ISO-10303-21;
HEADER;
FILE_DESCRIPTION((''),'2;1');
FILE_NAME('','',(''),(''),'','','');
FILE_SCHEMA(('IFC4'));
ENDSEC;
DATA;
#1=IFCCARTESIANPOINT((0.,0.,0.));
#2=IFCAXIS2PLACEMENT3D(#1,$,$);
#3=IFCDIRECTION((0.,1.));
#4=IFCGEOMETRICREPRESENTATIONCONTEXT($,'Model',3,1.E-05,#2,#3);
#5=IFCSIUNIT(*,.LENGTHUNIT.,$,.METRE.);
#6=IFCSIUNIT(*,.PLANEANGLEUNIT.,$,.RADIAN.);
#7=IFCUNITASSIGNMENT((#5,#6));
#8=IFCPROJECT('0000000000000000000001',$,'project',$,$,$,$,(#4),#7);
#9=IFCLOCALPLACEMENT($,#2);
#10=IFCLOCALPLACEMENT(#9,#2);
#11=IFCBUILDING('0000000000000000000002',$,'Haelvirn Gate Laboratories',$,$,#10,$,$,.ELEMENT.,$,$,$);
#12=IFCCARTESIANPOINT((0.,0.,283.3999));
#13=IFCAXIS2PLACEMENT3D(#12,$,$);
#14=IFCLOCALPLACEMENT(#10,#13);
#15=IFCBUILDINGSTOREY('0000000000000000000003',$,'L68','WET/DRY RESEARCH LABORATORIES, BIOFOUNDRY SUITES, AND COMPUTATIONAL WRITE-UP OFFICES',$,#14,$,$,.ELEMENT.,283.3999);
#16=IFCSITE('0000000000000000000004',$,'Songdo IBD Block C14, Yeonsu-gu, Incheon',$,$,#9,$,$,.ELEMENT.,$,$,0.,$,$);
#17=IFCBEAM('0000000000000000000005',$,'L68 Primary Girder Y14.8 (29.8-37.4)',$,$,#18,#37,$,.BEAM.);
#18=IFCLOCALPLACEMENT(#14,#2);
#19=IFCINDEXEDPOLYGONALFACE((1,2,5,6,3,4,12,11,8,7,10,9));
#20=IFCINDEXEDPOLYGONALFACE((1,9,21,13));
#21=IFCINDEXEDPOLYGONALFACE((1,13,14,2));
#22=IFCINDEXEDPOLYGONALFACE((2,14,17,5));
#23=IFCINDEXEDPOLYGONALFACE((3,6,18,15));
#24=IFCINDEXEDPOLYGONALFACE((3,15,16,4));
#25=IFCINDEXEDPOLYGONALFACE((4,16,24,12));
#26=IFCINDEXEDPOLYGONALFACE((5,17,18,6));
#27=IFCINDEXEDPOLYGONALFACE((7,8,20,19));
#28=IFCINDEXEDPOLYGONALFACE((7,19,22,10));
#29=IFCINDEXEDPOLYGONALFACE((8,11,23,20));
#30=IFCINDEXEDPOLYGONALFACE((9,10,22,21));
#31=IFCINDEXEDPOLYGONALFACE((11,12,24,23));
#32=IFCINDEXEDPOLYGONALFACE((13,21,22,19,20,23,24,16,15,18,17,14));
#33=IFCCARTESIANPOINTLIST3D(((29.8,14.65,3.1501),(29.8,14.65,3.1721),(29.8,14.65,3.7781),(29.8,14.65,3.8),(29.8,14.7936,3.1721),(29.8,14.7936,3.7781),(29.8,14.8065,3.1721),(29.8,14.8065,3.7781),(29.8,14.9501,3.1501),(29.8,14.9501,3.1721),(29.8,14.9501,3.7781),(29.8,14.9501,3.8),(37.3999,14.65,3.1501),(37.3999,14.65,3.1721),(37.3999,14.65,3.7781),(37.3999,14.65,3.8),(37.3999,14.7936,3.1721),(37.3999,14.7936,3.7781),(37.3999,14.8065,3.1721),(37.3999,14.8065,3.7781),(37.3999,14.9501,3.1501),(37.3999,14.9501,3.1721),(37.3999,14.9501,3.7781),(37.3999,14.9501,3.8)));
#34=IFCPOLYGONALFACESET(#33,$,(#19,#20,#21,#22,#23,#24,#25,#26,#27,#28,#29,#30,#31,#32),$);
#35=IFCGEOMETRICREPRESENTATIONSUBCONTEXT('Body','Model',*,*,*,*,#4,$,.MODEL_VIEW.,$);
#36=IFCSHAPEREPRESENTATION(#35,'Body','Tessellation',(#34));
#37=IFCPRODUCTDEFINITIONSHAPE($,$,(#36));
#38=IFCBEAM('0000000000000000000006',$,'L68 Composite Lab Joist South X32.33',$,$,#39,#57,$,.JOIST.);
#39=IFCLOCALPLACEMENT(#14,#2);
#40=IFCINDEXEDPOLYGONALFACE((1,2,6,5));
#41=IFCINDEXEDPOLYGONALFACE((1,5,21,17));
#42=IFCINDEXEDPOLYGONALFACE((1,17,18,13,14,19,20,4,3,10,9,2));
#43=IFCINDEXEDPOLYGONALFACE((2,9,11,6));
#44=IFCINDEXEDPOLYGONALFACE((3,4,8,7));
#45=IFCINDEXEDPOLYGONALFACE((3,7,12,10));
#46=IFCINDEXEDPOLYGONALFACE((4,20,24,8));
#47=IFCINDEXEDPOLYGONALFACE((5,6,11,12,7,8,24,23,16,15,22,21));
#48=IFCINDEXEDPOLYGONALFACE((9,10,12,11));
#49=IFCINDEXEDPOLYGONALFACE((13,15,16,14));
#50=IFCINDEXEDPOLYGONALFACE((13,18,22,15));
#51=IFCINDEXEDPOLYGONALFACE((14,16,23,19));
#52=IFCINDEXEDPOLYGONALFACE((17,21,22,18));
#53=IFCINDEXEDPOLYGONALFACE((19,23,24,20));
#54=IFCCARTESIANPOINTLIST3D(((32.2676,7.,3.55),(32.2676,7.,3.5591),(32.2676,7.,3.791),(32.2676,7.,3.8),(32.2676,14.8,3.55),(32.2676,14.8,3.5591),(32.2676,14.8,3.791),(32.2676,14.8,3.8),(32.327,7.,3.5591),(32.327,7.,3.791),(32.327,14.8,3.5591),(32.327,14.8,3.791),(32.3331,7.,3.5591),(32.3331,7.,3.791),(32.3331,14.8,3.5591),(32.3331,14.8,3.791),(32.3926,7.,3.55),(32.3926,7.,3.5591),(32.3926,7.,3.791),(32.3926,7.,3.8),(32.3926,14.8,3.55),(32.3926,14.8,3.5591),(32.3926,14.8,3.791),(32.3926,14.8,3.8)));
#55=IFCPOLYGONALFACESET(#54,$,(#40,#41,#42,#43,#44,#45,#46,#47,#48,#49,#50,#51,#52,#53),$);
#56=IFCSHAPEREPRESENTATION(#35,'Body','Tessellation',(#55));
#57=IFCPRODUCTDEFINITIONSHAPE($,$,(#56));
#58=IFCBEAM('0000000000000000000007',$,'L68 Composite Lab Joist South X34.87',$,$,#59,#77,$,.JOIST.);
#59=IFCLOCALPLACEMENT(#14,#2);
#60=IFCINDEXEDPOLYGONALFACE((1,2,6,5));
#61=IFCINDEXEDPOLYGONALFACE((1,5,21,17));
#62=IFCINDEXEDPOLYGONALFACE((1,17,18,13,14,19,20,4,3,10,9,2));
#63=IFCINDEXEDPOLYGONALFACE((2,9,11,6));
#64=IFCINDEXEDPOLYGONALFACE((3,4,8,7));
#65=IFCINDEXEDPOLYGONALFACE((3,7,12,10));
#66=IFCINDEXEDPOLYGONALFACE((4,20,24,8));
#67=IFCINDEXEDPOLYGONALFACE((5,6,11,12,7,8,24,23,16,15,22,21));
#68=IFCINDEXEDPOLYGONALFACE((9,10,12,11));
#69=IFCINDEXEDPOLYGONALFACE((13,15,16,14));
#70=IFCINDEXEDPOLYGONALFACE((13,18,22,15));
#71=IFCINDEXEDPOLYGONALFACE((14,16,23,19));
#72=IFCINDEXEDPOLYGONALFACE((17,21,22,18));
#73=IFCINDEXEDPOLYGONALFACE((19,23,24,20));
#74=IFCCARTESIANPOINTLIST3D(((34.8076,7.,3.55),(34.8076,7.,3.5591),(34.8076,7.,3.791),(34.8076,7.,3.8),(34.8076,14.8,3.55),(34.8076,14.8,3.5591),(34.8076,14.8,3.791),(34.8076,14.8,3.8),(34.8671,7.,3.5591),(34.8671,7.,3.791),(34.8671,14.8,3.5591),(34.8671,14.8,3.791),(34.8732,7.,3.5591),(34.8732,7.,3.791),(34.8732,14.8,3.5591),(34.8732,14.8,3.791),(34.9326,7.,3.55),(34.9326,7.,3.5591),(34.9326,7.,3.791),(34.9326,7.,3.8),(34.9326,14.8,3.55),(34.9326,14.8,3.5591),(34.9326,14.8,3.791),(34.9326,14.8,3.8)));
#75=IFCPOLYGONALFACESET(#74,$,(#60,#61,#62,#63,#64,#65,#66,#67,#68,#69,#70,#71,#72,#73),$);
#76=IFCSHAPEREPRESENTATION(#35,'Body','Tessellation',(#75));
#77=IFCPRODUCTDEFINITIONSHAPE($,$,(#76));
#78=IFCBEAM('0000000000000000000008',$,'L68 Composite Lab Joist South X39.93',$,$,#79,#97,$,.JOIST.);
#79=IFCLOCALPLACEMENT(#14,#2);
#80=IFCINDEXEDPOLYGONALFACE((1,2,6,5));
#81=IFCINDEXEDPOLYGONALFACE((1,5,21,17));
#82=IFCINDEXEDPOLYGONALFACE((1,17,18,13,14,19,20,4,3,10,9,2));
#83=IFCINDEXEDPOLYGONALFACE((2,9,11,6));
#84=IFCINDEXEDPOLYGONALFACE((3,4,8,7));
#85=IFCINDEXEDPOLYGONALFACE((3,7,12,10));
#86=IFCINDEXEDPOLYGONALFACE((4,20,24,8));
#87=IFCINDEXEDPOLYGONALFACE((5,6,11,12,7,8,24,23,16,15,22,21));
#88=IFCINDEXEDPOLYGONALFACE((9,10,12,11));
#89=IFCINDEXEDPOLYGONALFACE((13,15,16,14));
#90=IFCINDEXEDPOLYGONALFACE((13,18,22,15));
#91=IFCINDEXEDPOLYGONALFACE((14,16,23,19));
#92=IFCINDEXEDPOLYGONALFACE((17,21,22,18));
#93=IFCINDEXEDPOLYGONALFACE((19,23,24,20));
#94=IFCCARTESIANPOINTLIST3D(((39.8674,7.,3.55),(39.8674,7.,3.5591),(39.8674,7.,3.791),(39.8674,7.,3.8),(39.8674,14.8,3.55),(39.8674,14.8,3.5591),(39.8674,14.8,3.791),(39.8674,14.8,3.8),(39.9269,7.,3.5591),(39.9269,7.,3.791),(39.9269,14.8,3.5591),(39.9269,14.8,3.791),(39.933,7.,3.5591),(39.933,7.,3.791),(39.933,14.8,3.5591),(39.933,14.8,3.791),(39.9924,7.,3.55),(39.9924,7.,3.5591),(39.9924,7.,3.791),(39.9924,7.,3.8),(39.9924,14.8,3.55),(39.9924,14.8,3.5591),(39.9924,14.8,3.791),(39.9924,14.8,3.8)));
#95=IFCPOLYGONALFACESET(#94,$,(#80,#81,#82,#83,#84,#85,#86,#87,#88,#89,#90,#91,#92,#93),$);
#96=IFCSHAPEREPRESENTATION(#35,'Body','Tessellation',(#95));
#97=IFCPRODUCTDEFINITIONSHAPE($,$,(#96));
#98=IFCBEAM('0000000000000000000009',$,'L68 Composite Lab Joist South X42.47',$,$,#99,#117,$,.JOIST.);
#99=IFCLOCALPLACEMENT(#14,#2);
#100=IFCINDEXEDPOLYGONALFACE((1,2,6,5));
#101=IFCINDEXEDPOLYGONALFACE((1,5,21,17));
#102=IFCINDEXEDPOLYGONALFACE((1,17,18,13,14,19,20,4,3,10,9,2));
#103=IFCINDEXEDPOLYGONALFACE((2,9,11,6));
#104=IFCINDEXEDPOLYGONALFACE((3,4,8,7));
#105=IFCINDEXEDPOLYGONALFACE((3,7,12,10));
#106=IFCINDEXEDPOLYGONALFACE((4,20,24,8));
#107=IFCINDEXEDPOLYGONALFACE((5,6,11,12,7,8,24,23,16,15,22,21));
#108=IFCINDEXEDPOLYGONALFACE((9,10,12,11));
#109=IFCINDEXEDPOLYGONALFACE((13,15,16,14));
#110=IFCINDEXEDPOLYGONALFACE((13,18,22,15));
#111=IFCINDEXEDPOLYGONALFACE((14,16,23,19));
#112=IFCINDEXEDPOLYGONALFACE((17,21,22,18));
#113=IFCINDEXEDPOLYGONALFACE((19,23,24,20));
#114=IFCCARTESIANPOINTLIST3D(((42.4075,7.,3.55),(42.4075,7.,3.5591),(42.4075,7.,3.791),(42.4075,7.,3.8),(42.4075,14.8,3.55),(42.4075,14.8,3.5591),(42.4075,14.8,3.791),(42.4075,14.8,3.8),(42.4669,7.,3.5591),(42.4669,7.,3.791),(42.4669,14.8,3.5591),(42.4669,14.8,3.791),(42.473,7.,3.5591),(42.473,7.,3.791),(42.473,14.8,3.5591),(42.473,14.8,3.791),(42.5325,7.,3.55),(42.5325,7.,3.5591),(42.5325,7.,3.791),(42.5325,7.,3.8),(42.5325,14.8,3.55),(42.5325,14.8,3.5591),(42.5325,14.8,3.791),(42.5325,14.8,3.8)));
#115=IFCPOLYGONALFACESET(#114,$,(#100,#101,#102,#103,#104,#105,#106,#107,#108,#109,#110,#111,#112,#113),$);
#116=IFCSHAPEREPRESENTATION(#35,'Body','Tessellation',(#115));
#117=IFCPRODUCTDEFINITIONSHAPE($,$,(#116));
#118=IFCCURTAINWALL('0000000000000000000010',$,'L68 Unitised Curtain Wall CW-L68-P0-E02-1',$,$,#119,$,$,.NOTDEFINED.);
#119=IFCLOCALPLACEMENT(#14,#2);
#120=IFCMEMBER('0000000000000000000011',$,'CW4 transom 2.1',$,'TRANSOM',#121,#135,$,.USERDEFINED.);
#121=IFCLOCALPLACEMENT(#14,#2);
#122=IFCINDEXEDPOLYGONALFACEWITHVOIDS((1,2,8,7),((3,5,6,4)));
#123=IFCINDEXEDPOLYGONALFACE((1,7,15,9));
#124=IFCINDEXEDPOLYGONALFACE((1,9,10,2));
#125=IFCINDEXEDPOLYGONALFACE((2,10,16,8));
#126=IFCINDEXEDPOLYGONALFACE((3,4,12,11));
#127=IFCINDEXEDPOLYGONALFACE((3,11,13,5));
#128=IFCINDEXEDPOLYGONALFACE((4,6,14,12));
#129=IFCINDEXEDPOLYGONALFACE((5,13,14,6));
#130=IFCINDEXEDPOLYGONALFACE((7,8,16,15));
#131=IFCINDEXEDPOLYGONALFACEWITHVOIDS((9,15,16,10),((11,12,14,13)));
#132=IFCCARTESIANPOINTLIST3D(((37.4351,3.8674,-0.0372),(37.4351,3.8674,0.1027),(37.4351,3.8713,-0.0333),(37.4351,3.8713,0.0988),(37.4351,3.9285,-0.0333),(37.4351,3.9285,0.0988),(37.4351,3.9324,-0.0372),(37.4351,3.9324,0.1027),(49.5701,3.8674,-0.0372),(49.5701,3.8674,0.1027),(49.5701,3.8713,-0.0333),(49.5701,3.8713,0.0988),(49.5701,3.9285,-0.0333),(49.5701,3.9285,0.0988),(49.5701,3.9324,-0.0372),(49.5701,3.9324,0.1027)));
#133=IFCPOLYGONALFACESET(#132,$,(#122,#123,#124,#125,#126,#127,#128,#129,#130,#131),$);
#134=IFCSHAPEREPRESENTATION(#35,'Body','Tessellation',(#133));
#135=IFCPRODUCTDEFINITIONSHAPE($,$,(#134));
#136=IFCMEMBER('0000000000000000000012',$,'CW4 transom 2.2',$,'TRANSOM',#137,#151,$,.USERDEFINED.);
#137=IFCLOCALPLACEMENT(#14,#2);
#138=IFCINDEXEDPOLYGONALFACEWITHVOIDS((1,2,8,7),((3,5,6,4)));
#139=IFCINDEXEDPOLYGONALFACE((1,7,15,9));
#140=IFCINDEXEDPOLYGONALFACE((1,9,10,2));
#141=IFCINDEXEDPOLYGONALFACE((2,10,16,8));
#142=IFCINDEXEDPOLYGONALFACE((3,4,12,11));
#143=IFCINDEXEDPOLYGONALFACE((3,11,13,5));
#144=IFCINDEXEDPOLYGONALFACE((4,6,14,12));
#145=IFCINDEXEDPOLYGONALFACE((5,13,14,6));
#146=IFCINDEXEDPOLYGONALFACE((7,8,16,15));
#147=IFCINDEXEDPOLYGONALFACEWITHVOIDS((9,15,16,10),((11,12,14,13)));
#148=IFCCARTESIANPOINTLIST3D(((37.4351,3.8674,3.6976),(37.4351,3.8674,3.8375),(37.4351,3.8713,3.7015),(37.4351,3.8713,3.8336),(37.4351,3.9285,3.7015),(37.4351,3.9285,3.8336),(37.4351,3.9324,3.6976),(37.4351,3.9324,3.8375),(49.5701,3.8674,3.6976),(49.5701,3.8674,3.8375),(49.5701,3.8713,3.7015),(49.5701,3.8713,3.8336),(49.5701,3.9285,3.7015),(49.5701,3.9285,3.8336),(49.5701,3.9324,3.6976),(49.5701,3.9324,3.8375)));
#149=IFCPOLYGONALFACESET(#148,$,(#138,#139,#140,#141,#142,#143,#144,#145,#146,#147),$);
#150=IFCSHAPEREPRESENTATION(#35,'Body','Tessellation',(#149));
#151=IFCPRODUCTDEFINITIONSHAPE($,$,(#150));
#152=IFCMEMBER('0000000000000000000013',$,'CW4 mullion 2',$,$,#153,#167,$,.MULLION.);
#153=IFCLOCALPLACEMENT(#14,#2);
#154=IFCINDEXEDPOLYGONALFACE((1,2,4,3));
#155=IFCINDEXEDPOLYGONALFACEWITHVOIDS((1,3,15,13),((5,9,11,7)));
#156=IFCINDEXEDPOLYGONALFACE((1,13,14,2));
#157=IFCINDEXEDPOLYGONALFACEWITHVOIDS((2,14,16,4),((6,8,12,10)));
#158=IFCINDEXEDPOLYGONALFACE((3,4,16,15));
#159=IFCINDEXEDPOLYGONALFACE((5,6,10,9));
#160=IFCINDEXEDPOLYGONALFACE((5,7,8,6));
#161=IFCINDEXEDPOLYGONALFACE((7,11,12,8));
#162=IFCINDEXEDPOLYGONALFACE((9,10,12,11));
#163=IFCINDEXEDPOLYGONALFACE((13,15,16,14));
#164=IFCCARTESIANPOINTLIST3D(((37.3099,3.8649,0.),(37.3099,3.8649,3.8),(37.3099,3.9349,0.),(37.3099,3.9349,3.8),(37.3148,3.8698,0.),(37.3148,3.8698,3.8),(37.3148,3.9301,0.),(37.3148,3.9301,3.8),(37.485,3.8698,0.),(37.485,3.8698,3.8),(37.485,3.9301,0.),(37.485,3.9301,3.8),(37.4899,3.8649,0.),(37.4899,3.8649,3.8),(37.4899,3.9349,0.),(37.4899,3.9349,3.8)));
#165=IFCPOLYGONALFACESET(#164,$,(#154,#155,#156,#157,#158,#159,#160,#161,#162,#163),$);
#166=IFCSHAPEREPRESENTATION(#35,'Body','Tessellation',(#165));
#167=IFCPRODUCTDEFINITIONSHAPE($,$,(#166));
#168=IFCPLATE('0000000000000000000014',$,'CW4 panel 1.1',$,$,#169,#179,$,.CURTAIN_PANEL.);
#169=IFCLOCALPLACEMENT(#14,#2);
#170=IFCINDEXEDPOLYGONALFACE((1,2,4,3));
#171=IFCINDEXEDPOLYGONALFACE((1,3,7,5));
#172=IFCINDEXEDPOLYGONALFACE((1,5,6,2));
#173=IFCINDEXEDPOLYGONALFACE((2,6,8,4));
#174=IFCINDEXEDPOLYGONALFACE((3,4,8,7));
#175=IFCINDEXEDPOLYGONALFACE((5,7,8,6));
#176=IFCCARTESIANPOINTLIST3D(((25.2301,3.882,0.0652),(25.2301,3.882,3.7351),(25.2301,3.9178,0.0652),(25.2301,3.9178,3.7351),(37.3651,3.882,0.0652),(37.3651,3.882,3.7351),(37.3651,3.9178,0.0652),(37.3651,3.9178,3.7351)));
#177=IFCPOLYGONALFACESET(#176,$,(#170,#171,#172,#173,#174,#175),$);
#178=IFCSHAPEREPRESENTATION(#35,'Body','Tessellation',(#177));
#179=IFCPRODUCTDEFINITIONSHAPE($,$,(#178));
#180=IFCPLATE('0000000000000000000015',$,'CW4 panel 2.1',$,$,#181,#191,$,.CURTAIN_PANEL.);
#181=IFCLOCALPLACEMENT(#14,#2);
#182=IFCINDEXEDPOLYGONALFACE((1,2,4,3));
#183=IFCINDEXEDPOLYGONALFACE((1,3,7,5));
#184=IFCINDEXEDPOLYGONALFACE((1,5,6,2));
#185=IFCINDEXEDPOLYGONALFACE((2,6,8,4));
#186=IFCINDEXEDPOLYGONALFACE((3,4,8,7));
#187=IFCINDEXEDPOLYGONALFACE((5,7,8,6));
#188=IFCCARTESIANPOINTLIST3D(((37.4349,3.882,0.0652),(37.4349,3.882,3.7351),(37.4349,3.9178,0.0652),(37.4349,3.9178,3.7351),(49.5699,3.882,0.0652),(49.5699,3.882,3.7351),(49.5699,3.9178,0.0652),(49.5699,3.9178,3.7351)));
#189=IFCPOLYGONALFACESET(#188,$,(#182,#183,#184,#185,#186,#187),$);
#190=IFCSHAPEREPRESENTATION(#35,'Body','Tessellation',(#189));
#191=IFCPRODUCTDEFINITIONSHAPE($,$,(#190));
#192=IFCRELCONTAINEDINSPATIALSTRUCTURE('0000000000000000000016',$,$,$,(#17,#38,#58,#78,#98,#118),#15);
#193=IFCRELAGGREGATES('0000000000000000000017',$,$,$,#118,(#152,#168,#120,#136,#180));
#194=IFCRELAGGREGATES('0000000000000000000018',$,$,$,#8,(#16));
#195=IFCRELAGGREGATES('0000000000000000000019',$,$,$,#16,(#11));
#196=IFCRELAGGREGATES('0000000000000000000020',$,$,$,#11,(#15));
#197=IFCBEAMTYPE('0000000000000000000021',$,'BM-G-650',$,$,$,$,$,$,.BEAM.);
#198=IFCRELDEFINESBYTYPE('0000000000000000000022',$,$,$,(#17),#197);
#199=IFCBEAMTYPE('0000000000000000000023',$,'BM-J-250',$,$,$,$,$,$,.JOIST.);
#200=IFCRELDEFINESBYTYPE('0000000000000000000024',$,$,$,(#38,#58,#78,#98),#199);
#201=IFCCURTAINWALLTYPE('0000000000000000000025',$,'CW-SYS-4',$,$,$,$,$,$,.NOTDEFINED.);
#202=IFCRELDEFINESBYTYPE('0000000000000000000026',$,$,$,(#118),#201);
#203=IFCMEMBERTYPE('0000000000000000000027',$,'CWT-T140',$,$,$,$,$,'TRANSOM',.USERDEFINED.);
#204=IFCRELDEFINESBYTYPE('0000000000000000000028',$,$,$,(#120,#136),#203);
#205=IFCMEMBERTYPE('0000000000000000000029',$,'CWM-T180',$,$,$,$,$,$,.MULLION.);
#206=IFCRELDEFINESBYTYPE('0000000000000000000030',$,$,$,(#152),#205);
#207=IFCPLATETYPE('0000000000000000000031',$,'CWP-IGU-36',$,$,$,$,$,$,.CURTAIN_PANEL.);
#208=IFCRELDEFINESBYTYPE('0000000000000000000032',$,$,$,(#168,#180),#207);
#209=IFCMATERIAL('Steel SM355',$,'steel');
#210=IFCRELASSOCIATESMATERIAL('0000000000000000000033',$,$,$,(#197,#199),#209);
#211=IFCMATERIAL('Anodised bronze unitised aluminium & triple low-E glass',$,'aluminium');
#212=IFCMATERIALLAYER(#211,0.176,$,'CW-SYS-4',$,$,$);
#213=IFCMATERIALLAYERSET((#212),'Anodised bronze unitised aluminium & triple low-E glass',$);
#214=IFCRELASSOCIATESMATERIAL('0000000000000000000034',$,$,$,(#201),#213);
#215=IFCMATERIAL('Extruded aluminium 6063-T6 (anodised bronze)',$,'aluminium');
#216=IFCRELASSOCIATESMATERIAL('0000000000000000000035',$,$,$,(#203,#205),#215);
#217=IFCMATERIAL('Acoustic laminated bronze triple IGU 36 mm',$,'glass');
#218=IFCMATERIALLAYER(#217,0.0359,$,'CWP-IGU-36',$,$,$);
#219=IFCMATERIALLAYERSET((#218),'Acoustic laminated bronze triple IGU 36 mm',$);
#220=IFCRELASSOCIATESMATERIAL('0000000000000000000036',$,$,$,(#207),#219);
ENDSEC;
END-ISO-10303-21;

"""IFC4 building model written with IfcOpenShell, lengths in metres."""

from ifc_helpers import new_model, si_unit, direction, frame, origin, origin_2d, place, context, subcontext, project, spatial, rectangle, hollow_rectangle, i_section, extrude, source, transform, mapped, material, layer, layer_set, material_profile, profile_set, type_object, type_shapes, element, aggregate, save


model = new_model("IFC4")

# Units and contexts
model_context = context("Model", 3, precision=1e-05, world=origin(), true_north=direction((0.0, 1.0)))
body_context = subcontext(model_context, "Body", "Model", "MODEL_VIEW")
ifc_project = project(units=[si_unit("LENGTHUNIT", "METRE"), si_unit("PLANEANGLEUNIT", "RADIAN")], contexts=[model_context])

# Site, building, storey
site_placement = place(None, origin())
site = spatial("IfcSite", under=ifc_project, at=site_placement, Name="Songdo IBD Block C14, Yeonsu-gu, Incheon", CompositionType="ELEMENT", RefElevation=0.0)
building_placement = place(site_placement, origin())
building = spatial("IfcBuilding", under=site, at=building_placement, Name="Haelvirn Gate Laboratories", CompositionType="ELEMENT")
storey_placement = place(building_placement, frame((0.0, 0.0, 283.3999)))
storey = spatial("IfcBuildingStorey", under=building, at=storey_placement, Name="L68", Description="WET/DRY RESEARCH LABORATORIES, BIOFOUNDRY SUITES, AND COMPUTATIONAL WRITE-UP OFFICES", CompositionType="ELEMENT", Elevation=283.3999)

# Shared definitions
ifc_material_1 = material(Name="Steel SM355", Category="steel")

# Beams
ifc_material_profile_1 = material_profile(ifc_material_1, i_section(OverallWidth=0.3, OverallDepth=0.6499, WebThickness=0.0129, FlangeThickness=0.022, at=origin_2d()), Name="H-650x300x13x22")
ifc_profile_set_1 = profile_set([ifc_material_profile_1], Name="Steel SM355")
beam_type_1 = type_object("IfcBeamType", Name="BM-G-650", PredefinedType="BEAM", material=ifc_profile_set_1)
shared_shape_1 = source(origin(), body_context, "Body", "SweptSolid", [
    extrude(i_section(OverallWidth=0.3, OverallDepth=0.6499, WebThickness=0.0129, FlangeThickness=0.022, at=origin_2d()), origin(), (0.0, 0.0, 1.0), 7.5999),
])
for number, where, z_axis, x_axis, name in (
    (1, (29.8, 14.8, 3.4751), (1.0, 0.0, 0.0), (0.0, 1.0, 0.0), "L68 Primary Girder Y14.8 (29.8-37.4)"),
):
    element("IfcBeam", number, at=place(storey_placement, frame(where, z_axis=z_axis, x_axis=x_axis)), inside=storey, type_object=beam_type_1, Name=name, PredefinedType="BEAM", context=body_context, shape_type="MappedRepresentation", body=[
        mapped(shared_shape_1, transform((0.0, 0.0, 0.0), scale=1.0)),
    ])
ifc_material_profile_2 = material_profile(ifc_material_1, i_section(OverallWidth=0.125, OverallDepth=0.25, WebThickness=0.0061, FlangeThickness=0.009, at=origin_2d()), Name="H-250x125x6x9")
ifc_profile_set_2 = profile_set([ifc_material_profile_2], Name="Steel SM355")
beam_type_2 = type_object("IfcBeamType", Name="BM-J-250", PredefinedType="JOIST", material=ifc_profile_set_2)
shared_shape_2 = source(origin(), body_context, "Body", "SweptSolid", [
    extrude(i_section(OverallWidth=0.125, OverallDepth=0.25, WebThickness=0.0061, FlangeThickness=0.009, at=origin_2d()), origin(), (0.0, 0.0, 1.0), 7.8),
])
type_shapes(beam_type_2, [shared_shape_2])
for number, where, z_axis, x_axis, name in (
    (2, (32.3301, 7.0, 3.675), (0.0, 1.0, 0.0), (-1.0, 0.0, 0.0), "L68 Composite Lab Joist South X32.33"),
    (3, (34.8701, 7.0, 3.675), (0.0, 1.0, 0.0), (-1.0, 0.0, 0.0), "L68 Composite Lab Joist South X34.87"),
    (4, (39.9299, 7.0, 3.675), (0.0, 1.0, 0.0), (-1.0, 0.0, 0.0), "L68 Composite Lab Joist South X39.93"),
    (5, (42.47, 7.0, 3.675), (0.0, 1.0, 0.0), (-1.0, 0.0, 0.0), "L68 Composite Lab Joist South X42.47"),
):
    element("IfcBeam", number, at=place(storey_placement, frame(where, z_axis=z_axis, x_axis=x_axis)), inside=storey, type_object=beam_type_2, Name=name, PredefinedType="JOIST", context=body_context, shape_type="MappedRepresentation", body=[
        mapped(shared_shape_2, transform((0.0, 0.0, 0.0), scale=1.0)),
    ])

# Curtain wall, members, plates
ifc_material_2 = material(Name="Anodised bronze unitised aluminium & triple low-E glass", Category="aluminium")
ifc_layer_1 = layer(ifc_material_2, 0.176, Name="CW-SYS-4")
ifc_layer_set_1 = layer_set([ifc_layer_1], Name="Anodised bronze unitised aluminium & triple low-E glass")
curtain_wall_type = type_object("IfcCurtainWallType", Name="CW-SYS-4", PredefinedType="NOTDEFINED", material=ifc_layer_set_1)
curtain_wall_placement = place(storey_placement, origin())
curtain_wall = element("IfcCurtainWall", 6, at=curtain_wall_placement, inside=storey, type_object=curtain_wall_type, Name="L68 Unitised Curtain Wall CW-L68-P0-E02-1", PredefinedType="NOTDEFINED")
ifc_material_3 = material(Name="Extruded aluminium 6063-T6 (anodised bronze)", Category="aluminium")
ifc_material_profile_3 = material_profile(ifc_material_3, hollow_rectangle(XDim=0.0649, YDim=0.1399, WallThickness=0.0039, at=origin_2d()), Name="CWT-140x65x4")
ifc_profile_set_3 = profile_set([ifc_material_profile_3], Name="Extruded aluminium 6063-T6 (anodised bronze)")
member_type_1 = type_object("IfcMemberType", Name="CWT-T140", ElementType="TRANSOM", PredefinedType="USERDEFINED", material=ifc_profile_set_3)
shared_shape_3 = source(origin(), body_context, "Body", "SweptSolid", [
    extrude(hollow_rectangle(XDim=0.0649, YDim=0.1399, WallThickness=0.0039, at=origin_2d()), origin(), (0.0, 0.0, 1.0), 12.135),
])
type_shapes(member_type_1, [shared_shape_3])
member_1_placement = place(storey_placement, frame((37.4351, 3.8999, 0.0327), z_axis=(1.0, 0.0, 0.0), x_axis=(0.0, 1.0, 0.0)))
member_1 = element("IfcMember", 7, at=member_1_placement, type_object=member_type_1, Name="CW4 transom 2.1", ObjectType="TRANSOM", PredefinedType="USERDEFINED", context=body_context, shape_type="MappedRepresentation", body=[
    mapped(shared_shape_3, transform((0.0, 0.0, 0.0), scale=1.0)),
])
member_2_placement = place(storey_placement, frame((37.4351, 3.8999, 3.7676), z_axis=(1.0, 0.0, 0.0), x_axis=(0.0, 1.0, 0.0)))
member_2 = element("IfcMember", 8, at=member_2_placement, type_object=member_type_1, Name="CW4 transom 2.2", ObjectType="TRANSOM", PredefinedType="USERDEFINED", context=body_context, shape_type="MappedRepresentation", body=[
    mapped(shared_shape_3, transform((0.0, 0.0, 0.0), scale=1.0)),
])
ifc_material_profile_4 = material_profile(ifc_material_3, hollow_rectangle(XDim=0.0701, YDim=0.1799, WallThickness=0.0049, at=origin_2d()), Name="CWM-180x70x5")
ifc_profile_set_4 = profile_set([ifc_material_profile_4], Name="Extruded aluminium 6063-T6 (anodised bronze)")
member_type_2 = type_object("IfcMemberType", Name="CWM-T180", PredefinedType="MULLION", material=ifc_profile_set_4)
shared_shape_4 = source(origin(), body_context, "Body", "SweptSolid", [
    extrude(hollow_rectangle(XDim=0.0701, YDim=0.1799, WallThickness=0.0049, at=origin_2d()), origin(), (0.0, 0.0, 1.0), 3.8),
])
type_shapes(member_type_2, [shared_shape_4])
member_3_placement = place(storey_placement, frame((37.3999, 3.8999, 0.0), z_axis=(0.0, 0.0, 1.0), x_axis=(0.0, 1.0, 0.0)))
member_3 = element("IfcMember", 9, at=member_3_placement, type_object=member_type_2, Name="CW4 mullion 2", PredefinedType="MULLION", context=body_context, shape_type="MappedRepresentation", body=[
    mapped(shared_shape_4, transform((0.0, 0.0, 0.0), scale=1.0)),
])
ifc_material_4 = material(Name="Acoustic laminated bronze triple IGU 36 mm", Category="glass")
ifc_layer_2 = layer(ifc_material_4, 0.0359, Name="CWP-IGU-36")
ifc_layer_set_2 = layer_set([ifc_layer_2], Name="Acoustic laminated bronze triple IGU 36 mm")
plate_type = type_object("IfcPlateType", Name="CWP-IGU-36", PredefinedType="CURTAIN_PANEL", material=ifc_layer_set_2)
shared_shape_5 = source(origin(), body_context, "Body", "SweptSolid", [
    extrude(rectangle(XDim=12.135, YDim=0.0359, at=origin_2d()), origin(), (0.0, 0.0, 1.0), 3.6699),
])
type_shapes(plate_type, [shared_shape_5])
plate_1_placement = place(storey_placement, frame((31.2976, 3.8999, 0.0652), z_axis=(0.0, 0.0, 1.0), x_axis=(1.0, 0.0, 0.0)))
plate_1 = element("IfcPlate", 10, at=plate_1_placement, type_object=plate_type, Name="CW4 panel 1.1", PredefinedType="CURTAIN_PANEL", context=body_context, shape_type="MappedRepresentation", body=[
    mapped(shared_shape_5, transform((0.0, 0.0, 0.0), scale=1.0)),
])
plate_2_placement = place(storey_placement, frame((43.5024, 3.8999, 0.0652), z_axis=(0.0, 0.0, 1.0), x_axis=(1.0, 0.0, 0.0)))
plate_2 = element("IfcPlate", 11, at=plate_2_placement, type_object=plate_type, Name="CW4 panel 2.1", PredefinedType="CURTAIN_PANEL", context=body_context, shape_type="MappedRepresentation", body=[
    mapped(shared_shape_5, transform((0.0, 0.0, 0.0), scale=1.0)),
])
aggregate(curtain_wall, [member_3, plate_1, member_1, member_2, plate_2])

save(model, "model.ifc")
